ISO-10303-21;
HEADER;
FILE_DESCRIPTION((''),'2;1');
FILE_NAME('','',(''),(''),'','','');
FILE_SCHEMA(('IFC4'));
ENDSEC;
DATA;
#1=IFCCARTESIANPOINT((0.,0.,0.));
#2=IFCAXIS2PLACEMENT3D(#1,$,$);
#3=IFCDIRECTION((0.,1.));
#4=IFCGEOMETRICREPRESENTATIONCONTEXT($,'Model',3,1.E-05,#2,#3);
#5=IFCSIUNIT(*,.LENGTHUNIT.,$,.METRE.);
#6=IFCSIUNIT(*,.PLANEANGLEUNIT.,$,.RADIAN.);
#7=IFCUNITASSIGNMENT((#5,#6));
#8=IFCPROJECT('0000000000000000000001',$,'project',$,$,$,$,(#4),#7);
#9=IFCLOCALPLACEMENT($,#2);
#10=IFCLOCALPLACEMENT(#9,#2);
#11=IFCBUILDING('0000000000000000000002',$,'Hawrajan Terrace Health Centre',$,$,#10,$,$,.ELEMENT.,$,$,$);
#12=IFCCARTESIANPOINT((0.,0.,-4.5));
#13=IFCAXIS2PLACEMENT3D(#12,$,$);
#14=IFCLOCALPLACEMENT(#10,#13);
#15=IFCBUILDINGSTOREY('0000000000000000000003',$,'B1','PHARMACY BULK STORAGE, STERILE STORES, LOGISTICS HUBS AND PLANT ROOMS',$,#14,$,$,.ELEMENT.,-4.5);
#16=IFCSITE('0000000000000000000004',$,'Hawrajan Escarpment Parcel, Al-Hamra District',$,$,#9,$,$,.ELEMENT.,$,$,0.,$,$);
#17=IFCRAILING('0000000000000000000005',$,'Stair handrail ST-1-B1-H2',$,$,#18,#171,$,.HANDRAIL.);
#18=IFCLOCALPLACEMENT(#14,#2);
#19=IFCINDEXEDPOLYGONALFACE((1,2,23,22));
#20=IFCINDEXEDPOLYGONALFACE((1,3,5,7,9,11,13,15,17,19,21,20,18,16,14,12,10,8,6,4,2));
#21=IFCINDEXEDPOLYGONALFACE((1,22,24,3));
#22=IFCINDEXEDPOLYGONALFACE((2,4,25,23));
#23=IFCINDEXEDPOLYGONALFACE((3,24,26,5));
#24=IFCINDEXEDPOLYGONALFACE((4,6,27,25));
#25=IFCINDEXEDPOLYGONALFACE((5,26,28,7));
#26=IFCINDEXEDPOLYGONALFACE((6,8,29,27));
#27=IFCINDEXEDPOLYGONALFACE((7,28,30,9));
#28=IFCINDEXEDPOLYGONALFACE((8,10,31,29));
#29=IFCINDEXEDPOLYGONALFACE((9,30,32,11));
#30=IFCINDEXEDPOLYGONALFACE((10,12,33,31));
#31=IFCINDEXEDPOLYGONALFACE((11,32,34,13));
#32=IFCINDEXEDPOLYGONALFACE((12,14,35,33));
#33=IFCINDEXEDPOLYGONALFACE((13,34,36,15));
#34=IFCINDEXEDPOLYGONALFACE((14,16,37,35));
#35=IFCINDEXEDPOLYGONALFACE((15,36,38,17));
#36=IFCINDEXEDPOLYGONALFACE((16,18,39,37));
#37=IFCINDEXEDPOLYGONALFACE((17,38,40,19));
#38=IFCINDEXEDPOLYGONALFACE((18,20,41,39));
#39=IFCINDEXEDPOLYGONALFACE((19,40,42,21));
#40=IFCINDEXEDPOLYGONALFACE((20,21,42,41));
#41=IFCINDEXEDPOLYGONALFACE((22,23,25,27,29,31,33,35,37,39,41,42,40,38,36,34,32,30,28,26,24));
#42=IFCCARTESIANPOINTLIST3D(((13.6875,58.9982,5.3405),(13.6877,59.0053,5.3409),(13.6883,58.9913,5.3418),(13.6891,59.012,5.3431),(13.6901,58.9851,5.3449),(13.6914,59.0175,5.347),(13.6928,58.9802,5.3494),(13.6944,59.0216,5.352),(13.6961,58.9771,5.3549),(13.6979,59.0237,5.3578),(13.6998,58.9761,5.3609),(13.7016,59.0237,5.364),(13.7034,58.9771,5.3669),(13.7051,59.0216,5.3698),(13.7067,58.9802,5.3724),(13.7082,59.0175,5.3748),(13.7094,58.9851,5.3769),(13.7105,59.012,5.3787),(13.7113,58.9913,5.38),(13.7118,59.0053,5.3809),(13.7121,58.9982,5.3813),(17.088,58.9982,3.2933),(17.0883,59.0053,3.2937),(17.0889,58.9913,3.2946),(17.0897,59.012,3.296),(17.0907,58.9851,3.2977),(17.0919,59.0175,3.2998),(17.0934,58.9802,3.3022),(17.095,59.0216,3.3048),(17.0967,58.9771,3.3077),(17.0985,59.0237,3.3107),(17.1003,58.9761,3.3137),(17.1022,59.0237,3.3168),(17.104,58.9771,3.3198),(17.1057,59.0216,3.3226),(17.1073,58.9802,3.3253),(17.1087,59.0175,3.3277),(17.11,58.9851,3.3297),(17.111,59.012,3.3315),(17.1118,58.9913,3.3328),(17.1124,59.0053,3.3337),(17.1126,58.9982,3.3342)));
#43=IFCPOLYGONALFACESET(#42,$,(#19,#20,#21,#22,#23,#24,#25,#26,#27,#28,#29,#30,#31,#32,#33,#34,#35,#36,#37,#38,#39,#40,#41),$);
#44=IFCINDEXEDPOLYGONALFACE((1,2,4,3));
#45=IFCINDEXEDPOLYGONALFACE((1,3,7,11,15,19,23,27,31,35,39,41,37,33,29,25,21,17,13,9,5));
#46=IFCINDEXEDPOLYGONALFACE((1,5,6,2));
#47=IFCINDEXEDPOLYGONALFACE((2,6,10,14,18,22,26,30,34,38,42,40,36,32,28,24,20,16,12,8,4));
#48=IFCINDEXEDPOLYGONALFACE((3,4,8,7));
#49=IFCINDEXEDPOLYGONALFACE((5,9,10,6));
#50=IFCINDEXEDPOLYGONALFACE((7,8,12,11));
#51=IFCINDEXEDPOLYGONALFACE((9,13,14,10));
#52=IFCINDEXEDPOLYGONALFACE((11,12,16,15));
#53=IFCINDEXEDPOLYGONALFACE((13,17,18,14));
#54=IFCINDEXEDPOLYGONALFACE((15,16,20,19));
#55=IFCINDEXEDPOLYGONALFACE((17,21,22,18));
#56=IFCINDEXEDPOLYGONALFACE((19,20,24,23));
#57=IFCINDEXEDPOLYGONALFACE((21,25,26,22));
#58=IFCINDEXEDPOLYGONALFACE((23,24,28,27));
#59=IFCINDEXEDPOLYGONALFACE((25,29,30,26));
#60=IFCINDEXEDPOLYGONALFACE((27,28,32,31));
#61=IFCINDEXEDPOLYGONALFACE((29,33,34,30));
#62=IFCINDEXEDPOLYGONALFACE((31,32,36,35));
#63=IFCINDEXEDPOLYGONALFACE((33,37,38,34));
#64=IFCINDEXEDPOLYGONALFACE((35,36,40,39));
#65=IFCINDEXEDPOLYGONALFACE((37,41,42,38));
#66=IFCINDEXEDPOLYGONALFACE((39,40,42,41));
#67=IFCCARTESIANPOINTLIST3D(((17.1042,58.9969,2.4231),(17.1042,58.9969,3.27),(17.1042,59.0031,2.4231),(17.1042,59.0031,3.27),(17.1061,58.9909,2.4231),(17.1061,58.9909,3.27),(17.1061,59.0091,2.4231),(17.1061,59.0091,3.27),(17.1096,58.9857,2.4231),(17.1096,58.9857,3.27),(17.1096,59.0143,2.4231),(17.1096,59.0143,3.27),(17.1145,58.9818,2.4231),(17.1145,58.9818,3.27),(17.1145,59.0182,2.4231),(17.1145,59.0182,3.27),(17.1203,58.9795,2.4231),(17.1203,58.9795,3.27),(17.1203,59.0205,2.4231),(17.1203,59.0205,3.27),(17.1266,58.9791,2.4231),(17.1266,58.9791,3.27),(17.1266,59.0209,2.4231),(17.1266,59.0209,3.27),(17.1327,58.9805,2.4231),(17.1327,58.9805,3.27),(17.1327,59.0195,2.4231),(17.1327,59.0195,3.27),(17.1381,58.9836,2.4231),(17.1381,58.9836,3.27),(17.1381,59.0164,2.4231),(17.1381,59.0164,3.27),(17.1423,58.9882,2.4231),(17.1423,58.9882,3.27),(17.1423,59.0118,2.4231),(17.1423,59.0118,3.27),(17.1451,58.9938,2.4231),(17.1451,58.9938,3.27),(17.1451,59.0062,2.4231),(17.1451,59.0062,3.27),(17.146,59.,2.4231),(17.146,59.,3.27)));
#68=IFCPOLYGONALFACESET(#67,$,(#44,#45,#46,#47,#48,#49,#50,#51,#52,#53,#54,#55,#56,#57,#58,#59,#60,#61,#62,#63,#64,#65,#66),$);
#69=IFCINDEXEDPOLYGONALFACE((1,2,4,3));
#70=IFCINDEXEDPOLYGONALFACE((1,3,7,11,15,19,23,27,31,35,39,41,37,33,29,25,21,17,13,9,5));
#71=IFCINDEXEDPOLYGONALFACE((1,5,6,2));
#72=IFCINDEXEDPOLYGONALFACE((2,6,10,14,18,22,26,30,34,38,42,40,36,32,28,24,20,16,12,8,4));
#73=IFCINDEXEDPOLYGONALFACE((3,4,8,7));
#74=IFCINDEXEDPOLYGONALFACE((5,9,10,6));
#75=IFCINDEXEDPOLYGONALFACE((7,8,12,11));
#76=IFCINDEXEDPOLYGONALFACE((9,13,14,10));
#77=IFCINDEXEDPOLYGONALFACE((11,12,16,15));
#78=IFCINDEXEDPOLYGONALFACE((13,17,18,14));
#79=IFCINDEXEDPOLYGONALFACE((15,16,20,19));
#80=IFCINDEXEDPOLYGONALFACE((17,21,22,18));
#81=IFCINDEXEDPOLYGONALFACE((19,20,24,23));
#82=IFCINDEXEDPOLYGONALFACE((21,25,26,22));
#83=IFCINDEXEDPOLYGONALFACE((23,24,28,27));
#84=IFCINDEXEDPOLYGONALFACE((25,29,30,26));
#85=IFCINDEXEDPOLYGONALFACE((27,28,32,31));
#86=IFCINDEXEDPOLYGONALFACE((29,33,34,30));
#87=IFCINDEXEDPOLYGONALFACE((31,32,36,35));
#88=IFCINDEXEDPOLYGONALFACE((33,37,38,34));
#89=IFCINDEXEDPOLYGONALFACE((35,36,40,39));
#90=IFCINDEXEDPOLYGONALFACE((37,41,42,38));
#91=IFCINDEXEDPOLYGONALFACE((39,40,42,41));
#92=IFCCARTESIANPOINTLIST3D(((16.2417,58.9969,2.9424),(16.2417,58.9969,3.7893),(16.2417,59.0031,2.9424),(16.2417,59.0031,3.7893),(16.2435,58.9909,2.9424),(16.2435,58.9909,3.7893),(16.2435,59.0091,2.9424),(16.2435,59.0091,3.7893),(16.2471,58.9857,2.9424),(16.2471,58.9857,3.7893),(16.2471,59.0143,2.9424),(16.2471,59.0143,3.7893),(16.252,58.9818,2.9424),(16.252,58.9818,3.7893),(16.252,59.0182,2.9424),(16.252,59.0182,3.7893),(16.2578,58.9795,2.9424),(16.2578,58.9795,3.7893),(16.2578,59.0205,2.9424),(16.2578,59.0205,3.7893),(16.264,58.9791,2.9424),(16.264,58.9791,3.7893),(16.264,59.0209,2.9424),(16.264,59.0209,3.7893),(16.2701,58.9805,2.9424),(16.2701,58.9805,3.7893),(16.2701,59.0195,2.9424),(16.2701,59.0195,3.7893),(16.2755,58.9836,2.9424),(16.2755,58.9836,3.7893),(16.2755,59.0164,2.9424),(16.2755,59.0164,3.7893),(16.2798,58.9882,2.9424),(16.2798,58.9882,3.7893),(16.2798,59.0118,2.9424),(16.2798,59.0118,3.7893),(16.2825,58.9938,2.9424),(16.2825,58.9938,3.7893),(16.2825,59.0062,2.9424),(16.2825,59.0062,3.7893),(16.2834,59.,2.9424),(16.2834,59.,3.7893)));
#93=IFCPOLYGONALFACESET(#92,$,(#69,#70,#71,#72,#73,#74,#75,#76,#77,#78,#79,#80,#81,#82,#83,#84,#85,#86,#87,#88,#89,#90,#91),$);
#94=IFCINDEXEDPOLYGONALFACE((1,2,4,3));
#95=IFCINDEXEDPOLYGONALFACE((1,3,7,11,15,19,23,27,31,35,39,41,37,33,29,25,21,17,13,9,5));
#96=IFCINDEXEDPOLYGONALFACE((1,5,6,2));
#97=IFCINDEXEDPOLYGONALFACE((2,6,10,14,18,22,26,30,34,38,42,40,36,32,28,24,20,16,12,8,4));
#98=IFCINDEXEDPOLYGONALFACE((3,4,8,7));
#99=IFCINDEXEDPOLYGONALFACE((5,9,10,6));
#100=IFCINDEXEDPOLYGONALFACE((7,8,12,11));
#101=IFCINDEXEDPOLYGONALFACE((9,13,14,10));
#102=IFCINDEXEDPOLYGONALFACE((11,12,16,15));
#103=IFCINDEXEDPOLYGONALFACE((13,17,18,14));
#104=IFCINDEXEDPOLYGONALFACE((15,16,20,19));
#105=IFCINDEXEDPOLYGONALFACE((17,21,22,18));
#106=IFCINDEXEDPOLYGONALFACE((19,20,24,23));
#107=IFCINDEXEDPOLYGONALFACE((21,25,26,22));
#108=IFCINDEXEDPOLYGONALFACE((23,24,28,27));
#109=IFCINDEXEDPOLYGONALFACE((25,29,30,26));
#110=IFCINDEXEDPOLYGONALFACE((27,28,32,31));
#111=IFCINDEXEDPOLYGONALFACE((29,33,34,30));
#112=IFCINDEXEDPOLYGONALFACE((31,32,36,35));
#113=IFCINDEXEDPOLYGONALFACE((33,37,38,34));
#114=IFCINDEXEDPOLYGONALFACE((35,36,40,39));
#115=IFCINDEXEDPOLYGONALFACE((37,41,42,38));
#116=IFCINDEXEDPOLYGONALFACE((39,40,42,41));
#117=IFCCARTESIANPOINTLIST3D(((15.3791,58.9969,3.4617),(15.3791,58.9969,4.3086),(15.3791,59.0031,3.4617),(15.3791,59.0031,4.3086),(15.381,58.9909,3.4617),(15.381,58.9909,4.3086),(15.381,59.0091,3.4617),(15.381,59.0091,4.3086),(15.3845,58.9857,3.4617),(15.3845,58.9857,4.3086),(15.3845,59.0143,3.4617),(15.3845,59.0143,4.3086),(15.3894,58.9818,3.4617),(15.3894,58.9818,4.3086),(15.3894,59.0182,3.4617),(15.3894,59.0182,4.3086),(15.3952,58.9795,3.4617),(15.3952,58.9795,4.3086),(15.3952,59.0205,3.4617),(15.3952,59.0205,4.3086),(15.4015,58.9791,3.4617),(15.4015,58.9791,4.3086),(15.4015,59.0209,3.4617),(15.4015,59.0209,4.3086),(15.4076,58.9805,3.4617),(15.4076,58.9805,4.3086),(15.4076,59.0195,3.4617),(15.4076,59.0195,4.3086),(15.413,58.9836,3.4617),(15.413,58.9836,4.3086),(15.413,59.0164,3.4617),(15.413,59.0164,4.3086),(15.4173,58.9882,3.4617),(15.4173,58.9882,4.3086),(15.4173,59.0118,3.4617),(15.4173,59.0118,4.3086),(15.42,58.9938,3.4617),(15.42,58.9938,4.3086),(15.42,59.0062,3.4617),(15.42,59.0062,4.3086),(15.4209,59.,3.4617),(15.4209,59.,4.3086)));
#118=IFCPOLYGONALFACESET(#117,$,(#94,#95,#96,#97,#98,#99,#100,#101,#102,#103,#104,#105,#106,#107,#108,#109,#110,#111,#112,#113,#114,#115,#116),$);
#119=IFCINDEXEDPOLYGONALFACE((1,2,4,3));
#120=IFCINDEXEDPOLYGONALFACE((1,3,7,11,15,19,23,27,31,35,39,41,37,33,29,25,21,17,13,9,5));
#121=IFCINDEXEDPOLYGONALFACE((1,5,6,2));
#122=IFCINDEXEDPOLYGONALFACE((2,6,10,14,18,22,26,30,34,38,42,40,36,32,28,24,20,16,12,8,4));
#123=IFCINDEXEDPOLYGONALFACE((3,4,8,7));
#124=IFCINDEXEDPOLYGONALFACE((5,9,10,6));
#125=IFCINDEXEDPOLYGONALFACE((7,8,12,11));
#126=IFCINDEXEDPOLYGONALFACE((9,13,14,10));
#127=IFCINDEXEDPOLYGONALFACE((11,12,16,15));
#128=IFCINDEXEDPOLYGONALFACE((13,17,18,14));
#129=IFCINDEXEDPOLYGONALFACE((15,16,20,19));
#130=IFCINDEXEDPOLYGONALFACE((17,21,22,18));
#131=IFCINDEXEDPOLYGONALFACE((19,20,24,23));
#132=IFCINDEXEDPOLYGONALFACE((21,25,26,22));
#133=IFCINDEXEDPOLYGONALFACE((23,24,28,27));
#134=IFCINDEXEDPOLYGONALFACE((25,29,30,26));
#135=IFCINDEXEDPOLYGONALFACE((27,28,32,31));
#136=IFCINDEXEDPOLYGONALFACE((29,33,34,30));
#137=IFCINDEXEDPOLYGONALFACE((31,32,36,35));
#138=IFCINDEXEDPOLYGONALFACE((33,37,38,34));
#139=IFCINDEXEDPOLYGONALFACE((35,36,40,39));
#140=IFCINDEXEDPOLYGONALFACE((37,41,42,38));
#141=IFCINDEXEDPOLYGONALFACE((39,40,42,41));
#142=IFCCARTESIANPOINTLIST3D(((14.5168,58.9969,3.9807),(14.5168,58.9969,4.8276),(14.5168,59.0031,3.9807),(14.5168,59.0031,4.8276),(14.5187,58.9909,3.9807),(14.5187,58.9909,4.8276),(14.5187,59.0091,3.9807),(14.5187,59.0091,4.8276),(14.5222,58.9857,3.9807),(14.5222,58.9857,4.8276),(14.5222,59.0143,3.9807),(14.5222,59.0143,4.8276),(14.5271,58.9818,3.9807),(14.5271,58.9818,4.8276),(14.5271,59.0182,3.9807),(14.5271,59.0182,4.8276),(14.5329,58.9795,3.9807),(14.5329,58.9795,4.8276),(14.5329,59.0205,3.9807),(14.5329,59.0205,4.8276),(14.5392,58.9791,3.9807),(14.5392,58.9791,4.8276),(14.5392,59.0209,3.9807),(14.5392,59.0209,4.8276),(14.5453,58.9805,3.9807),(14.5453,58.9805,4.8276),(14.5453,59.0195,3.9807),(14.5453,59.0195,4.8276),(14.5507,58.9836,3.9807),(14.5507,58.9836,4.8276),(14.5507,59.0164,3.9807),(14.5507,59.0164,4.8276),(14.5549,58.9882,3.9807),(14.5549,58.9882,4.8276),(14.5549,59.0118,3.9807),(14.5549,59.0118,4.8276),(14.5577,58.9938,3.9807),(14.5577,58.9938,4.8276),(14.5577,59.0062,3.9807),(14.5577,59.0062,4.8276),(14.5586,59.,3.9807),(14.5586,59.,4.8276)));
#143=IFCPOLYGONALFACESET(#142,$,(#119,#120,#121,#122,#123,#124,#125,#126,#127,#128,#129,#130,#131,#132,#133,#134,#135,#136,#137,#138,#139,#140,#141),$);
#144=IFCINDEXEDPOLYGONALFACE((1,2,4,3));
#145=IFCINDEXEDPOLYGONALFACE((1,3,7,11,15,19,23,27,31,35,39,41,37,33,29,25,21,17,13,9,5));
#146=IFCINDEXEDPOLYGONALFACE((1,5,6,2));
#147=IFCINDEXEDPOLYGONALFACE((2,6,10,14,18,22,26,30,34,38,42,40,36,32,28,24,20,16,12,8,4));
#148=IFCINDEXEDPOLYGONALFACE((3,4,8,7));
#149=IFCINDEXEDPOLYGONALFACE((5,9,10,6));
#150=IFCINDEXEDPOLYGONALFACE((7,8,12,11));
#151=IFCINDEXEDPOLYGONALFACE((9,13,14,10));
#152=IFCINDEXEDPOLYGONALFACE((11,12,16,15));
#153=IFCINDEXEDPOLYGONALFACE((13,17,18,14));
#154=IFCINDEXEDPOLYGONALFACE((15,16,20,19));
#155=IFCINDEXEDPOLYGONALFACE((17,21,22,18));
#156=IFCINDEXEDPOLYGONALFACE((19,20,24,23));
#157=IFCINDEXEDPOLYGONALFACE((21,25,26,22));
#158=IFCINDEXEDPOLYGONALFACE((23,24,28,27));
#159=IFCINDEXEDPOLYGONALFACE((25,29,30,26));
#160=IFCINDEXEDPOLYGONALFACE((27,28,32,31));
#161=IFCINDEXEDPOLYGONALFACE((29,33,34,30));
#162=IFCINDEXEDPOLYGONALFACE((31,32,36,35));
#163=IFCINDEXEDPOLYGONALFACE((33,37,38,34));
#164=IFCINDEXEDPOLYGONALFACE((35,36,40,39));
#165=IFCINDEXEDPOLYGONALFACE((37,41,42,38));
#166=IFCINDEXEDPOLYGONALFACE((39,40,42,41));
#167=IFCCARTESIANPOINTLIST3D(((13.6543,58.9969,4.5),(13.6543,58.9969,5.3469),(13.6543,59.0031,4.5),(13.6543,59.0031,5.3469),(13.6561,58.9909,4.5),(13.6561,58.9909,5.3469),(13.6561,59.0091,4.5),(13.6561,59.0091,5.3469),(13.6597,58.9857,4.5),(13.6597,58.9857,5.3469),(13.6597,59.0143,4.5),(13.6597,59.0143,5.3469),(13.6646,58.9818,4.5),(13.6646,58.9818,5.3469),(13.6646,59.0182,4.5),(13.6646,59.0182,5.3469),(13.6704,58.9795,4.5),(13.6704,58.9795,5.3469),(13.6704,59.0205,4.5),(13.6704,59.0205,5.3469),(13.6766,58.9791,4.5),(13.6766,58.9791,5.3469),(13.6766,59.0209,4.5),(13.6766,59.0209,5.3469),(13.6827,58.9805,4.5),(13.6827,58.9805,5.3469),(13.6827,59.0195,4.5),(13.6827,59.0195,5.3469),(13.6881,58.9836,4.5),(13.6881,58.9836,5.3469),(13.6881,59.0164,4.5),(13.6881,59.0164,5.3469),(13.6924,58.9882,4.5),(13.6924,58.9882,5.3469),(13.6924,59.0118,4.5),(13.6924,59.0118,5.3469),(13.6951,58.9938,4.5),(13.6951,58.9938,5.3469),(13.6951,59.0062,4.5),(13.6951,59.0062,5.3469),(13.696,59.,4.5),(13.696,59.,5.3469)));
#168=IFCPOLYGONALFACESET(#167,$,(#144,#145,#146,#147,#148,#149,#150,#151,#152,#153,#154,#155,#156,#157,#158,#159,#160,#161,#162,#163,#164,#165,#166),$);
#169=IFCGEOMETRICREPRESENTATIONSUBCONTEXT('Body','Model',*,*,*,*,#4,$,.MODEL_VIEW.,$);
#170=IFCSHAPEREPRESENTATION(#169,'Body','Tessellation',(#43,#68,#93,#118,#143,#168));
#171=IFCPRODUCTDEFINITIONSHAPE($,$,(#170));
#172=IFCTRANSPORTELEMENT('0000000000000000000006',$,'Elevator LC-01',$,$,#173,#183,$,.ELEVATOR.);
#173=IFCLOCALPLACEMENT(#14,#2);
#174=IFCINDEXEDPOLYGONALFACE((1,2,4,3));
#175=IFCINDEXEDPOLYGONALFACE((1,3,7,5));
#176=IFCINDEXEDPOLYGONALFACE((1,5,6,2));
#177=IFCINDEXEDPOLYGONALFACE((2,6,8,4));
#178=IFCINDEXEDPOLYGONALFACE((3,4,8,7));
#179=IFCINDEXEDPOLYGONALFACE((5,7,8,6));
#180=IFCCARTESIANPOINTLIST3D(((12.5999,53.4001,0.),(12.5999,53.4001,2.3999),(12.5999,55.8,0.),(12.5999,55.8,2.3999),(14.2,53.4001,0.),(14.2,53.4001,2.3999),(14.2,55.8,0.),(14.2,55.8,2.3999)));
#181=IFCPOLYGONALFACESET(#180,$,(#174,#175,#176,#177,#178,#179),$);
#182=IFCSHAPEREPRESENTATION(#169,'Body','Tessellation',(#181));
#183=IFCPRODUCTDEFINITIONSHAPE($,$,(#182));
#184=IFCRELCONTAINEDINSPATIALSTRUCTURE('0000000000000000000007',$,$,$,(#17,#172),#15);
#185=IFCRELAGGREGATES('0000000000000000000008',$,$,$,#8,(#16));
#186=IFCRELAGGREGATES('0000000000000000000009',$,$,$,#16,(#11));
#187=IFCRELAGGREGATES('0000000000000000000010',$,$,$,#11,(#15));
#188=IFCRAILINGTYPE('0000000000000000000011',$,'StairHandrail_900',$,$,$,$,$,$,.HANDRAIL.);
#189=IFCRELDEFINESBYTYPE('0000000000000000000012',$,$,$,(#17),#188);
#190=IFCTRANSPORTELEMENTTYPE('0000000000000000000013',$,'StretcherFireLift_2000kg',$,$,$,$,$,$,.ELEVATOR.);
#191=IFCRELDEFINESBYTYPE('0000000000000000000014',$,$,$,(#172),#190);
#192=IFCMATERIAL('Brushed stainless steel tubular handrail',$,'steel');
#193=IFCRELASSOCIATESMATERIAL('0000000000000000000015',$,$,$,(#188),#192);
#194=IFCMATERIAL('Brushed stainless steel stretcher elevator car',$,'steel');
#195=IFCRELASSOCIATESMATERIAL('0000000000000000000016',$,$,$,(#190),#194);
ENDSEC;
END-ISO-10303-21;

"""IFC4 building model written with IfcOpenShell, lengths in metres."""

from ifc_helpers import new_model, si_unit, direction, frame, origin, origin_2d, place, context, subcontext, project, spatial, rectangle, circle, extrude, material, type_object, element, save


model = new_model("IFC4")

# Units and contexts
model_context = context("Model", 3, precision=1e-05, world=origin(), true_north=direction((0.0, 1.0)))
body_context = subcontext(model_context, "Body", "Model", "MODEL_VIEW")
ifc_project = project(units=[si_unit("LENGTHUNIT", "METRE"), si_unit("PLANEANGLEUNIT", "RADIAN")], contexts=[model_context])

# Site, building, storey
site_placement = place(None, origin())
site = spatial("IfcSite", under=ifc_project, at=site_placement, Name="Hawrajan Escarpment Parcel, Al-Hamra District", CompositionType="ELEMENT", RefElevation=0.0)
building_placement = place(site_placement, origin())
building = spatial("IfcBuilding", under=site, at=building_placement, Name="Hawrajan Terrace Health Centre", CompositionType="ELEMENT")
storey_placement = place(building_placement, frame((0.0, 0.0, -4.5)))
storey = spatial("IfcBuildingStorey", under=building, at=storey_placement, Name="B1", Description="PHARMACY BULK STORAGE, STERILE STORES, LOGISTICS HUBS AND PLANT ROOMS", CompositionType="ELEMENT", Elevation=-4.5)

# Railing
ifc_material_1 = material(Name="Brushed stainless steel tubular handrail", Category="steel")
railing_type_1 = type_object("IfcRailingType", Name="StairHandrail_900", PredefinedType="HANDRAIL", material=ifc_material_1)
railing_1_placement = place(storey_placement, frame((17.125, 59.0, 2.4231)))
element("IfcRailing", 1, at=railing_1_placement, inside=storey, type_object=railing_type_1, Name="Stair handrail ST-1-B1-H2", PredefinedType="HANDRAIL", context=body_context, shape_type="SweptSolid", body=[
    extrude(circle(Radius=0.0239, at=origin_2d()), frame((-0.0247, 0.0, 0.8906), z_axis=(-0.856732, 0.0, 0.515761), x_axis=(0.0, -1.0, 0.0)), (0.0, 0.0, 1.0), 3.9692),
    extrude(circle(Radius=0.021, at=origin_2d()), origin(), (0.0, 0.0, 1.0), 0.8469),
    extrude(circle(Radius=0.021, at=origin_2d()), frame((-0.8625, 0.0, 0.5193)), (0.0, 0.0, 1.0), 0.8469),
    extrude(circle(Radius=0.021, at=origin_2d()), frame((-1.7251, 0.0, 1.0386)), (0.0, 0.0, 1.0), 0.8469),
    extrude(circle(Radius=0.021, at=origin_2d()), frame((-2.5874, 0.0, 1.5576)), (0.0, 0.0, 1.0), 0.8469),
    extrude(circle(Radius=0.021, at=origin_2d()), frame((-3.45, 0.0, 2.0769)), (0.0, 0.0, 1.0), 0.8469),
])

# Transport element
ifc_material_2 = material(Name="Brushed stainless steel stretcher elevator car", Category="steel")
transport_element_type = type_object("IfcTransportElementType", Name="StretcherFireLift_2000kg", PredefinedType="ELEVATOR", material=ifc_material_2)
transport_element_placement = place(storey_placement, frame((13.3999, 54.6001, 0.0), z_axis=(0.0, 0.0, 1.0), x_axis=(1.0, 0.0, 0.0)))
element("IfcTransportElement", 2, at=transport_element_placement, inside=storey, type_object=transport_element_type, Name="Elevator LC-01", PredefinedType="ELEVATOR", context=body_context, shape_type="SweptSolid", body=[
    extrude(rectangle(XDim=1.6001, YDim=2.3999, at=origin_2d()), origin(), (0.0, 0.0, 1.0), 2.3999),
])

save(model, "model.ifc")
